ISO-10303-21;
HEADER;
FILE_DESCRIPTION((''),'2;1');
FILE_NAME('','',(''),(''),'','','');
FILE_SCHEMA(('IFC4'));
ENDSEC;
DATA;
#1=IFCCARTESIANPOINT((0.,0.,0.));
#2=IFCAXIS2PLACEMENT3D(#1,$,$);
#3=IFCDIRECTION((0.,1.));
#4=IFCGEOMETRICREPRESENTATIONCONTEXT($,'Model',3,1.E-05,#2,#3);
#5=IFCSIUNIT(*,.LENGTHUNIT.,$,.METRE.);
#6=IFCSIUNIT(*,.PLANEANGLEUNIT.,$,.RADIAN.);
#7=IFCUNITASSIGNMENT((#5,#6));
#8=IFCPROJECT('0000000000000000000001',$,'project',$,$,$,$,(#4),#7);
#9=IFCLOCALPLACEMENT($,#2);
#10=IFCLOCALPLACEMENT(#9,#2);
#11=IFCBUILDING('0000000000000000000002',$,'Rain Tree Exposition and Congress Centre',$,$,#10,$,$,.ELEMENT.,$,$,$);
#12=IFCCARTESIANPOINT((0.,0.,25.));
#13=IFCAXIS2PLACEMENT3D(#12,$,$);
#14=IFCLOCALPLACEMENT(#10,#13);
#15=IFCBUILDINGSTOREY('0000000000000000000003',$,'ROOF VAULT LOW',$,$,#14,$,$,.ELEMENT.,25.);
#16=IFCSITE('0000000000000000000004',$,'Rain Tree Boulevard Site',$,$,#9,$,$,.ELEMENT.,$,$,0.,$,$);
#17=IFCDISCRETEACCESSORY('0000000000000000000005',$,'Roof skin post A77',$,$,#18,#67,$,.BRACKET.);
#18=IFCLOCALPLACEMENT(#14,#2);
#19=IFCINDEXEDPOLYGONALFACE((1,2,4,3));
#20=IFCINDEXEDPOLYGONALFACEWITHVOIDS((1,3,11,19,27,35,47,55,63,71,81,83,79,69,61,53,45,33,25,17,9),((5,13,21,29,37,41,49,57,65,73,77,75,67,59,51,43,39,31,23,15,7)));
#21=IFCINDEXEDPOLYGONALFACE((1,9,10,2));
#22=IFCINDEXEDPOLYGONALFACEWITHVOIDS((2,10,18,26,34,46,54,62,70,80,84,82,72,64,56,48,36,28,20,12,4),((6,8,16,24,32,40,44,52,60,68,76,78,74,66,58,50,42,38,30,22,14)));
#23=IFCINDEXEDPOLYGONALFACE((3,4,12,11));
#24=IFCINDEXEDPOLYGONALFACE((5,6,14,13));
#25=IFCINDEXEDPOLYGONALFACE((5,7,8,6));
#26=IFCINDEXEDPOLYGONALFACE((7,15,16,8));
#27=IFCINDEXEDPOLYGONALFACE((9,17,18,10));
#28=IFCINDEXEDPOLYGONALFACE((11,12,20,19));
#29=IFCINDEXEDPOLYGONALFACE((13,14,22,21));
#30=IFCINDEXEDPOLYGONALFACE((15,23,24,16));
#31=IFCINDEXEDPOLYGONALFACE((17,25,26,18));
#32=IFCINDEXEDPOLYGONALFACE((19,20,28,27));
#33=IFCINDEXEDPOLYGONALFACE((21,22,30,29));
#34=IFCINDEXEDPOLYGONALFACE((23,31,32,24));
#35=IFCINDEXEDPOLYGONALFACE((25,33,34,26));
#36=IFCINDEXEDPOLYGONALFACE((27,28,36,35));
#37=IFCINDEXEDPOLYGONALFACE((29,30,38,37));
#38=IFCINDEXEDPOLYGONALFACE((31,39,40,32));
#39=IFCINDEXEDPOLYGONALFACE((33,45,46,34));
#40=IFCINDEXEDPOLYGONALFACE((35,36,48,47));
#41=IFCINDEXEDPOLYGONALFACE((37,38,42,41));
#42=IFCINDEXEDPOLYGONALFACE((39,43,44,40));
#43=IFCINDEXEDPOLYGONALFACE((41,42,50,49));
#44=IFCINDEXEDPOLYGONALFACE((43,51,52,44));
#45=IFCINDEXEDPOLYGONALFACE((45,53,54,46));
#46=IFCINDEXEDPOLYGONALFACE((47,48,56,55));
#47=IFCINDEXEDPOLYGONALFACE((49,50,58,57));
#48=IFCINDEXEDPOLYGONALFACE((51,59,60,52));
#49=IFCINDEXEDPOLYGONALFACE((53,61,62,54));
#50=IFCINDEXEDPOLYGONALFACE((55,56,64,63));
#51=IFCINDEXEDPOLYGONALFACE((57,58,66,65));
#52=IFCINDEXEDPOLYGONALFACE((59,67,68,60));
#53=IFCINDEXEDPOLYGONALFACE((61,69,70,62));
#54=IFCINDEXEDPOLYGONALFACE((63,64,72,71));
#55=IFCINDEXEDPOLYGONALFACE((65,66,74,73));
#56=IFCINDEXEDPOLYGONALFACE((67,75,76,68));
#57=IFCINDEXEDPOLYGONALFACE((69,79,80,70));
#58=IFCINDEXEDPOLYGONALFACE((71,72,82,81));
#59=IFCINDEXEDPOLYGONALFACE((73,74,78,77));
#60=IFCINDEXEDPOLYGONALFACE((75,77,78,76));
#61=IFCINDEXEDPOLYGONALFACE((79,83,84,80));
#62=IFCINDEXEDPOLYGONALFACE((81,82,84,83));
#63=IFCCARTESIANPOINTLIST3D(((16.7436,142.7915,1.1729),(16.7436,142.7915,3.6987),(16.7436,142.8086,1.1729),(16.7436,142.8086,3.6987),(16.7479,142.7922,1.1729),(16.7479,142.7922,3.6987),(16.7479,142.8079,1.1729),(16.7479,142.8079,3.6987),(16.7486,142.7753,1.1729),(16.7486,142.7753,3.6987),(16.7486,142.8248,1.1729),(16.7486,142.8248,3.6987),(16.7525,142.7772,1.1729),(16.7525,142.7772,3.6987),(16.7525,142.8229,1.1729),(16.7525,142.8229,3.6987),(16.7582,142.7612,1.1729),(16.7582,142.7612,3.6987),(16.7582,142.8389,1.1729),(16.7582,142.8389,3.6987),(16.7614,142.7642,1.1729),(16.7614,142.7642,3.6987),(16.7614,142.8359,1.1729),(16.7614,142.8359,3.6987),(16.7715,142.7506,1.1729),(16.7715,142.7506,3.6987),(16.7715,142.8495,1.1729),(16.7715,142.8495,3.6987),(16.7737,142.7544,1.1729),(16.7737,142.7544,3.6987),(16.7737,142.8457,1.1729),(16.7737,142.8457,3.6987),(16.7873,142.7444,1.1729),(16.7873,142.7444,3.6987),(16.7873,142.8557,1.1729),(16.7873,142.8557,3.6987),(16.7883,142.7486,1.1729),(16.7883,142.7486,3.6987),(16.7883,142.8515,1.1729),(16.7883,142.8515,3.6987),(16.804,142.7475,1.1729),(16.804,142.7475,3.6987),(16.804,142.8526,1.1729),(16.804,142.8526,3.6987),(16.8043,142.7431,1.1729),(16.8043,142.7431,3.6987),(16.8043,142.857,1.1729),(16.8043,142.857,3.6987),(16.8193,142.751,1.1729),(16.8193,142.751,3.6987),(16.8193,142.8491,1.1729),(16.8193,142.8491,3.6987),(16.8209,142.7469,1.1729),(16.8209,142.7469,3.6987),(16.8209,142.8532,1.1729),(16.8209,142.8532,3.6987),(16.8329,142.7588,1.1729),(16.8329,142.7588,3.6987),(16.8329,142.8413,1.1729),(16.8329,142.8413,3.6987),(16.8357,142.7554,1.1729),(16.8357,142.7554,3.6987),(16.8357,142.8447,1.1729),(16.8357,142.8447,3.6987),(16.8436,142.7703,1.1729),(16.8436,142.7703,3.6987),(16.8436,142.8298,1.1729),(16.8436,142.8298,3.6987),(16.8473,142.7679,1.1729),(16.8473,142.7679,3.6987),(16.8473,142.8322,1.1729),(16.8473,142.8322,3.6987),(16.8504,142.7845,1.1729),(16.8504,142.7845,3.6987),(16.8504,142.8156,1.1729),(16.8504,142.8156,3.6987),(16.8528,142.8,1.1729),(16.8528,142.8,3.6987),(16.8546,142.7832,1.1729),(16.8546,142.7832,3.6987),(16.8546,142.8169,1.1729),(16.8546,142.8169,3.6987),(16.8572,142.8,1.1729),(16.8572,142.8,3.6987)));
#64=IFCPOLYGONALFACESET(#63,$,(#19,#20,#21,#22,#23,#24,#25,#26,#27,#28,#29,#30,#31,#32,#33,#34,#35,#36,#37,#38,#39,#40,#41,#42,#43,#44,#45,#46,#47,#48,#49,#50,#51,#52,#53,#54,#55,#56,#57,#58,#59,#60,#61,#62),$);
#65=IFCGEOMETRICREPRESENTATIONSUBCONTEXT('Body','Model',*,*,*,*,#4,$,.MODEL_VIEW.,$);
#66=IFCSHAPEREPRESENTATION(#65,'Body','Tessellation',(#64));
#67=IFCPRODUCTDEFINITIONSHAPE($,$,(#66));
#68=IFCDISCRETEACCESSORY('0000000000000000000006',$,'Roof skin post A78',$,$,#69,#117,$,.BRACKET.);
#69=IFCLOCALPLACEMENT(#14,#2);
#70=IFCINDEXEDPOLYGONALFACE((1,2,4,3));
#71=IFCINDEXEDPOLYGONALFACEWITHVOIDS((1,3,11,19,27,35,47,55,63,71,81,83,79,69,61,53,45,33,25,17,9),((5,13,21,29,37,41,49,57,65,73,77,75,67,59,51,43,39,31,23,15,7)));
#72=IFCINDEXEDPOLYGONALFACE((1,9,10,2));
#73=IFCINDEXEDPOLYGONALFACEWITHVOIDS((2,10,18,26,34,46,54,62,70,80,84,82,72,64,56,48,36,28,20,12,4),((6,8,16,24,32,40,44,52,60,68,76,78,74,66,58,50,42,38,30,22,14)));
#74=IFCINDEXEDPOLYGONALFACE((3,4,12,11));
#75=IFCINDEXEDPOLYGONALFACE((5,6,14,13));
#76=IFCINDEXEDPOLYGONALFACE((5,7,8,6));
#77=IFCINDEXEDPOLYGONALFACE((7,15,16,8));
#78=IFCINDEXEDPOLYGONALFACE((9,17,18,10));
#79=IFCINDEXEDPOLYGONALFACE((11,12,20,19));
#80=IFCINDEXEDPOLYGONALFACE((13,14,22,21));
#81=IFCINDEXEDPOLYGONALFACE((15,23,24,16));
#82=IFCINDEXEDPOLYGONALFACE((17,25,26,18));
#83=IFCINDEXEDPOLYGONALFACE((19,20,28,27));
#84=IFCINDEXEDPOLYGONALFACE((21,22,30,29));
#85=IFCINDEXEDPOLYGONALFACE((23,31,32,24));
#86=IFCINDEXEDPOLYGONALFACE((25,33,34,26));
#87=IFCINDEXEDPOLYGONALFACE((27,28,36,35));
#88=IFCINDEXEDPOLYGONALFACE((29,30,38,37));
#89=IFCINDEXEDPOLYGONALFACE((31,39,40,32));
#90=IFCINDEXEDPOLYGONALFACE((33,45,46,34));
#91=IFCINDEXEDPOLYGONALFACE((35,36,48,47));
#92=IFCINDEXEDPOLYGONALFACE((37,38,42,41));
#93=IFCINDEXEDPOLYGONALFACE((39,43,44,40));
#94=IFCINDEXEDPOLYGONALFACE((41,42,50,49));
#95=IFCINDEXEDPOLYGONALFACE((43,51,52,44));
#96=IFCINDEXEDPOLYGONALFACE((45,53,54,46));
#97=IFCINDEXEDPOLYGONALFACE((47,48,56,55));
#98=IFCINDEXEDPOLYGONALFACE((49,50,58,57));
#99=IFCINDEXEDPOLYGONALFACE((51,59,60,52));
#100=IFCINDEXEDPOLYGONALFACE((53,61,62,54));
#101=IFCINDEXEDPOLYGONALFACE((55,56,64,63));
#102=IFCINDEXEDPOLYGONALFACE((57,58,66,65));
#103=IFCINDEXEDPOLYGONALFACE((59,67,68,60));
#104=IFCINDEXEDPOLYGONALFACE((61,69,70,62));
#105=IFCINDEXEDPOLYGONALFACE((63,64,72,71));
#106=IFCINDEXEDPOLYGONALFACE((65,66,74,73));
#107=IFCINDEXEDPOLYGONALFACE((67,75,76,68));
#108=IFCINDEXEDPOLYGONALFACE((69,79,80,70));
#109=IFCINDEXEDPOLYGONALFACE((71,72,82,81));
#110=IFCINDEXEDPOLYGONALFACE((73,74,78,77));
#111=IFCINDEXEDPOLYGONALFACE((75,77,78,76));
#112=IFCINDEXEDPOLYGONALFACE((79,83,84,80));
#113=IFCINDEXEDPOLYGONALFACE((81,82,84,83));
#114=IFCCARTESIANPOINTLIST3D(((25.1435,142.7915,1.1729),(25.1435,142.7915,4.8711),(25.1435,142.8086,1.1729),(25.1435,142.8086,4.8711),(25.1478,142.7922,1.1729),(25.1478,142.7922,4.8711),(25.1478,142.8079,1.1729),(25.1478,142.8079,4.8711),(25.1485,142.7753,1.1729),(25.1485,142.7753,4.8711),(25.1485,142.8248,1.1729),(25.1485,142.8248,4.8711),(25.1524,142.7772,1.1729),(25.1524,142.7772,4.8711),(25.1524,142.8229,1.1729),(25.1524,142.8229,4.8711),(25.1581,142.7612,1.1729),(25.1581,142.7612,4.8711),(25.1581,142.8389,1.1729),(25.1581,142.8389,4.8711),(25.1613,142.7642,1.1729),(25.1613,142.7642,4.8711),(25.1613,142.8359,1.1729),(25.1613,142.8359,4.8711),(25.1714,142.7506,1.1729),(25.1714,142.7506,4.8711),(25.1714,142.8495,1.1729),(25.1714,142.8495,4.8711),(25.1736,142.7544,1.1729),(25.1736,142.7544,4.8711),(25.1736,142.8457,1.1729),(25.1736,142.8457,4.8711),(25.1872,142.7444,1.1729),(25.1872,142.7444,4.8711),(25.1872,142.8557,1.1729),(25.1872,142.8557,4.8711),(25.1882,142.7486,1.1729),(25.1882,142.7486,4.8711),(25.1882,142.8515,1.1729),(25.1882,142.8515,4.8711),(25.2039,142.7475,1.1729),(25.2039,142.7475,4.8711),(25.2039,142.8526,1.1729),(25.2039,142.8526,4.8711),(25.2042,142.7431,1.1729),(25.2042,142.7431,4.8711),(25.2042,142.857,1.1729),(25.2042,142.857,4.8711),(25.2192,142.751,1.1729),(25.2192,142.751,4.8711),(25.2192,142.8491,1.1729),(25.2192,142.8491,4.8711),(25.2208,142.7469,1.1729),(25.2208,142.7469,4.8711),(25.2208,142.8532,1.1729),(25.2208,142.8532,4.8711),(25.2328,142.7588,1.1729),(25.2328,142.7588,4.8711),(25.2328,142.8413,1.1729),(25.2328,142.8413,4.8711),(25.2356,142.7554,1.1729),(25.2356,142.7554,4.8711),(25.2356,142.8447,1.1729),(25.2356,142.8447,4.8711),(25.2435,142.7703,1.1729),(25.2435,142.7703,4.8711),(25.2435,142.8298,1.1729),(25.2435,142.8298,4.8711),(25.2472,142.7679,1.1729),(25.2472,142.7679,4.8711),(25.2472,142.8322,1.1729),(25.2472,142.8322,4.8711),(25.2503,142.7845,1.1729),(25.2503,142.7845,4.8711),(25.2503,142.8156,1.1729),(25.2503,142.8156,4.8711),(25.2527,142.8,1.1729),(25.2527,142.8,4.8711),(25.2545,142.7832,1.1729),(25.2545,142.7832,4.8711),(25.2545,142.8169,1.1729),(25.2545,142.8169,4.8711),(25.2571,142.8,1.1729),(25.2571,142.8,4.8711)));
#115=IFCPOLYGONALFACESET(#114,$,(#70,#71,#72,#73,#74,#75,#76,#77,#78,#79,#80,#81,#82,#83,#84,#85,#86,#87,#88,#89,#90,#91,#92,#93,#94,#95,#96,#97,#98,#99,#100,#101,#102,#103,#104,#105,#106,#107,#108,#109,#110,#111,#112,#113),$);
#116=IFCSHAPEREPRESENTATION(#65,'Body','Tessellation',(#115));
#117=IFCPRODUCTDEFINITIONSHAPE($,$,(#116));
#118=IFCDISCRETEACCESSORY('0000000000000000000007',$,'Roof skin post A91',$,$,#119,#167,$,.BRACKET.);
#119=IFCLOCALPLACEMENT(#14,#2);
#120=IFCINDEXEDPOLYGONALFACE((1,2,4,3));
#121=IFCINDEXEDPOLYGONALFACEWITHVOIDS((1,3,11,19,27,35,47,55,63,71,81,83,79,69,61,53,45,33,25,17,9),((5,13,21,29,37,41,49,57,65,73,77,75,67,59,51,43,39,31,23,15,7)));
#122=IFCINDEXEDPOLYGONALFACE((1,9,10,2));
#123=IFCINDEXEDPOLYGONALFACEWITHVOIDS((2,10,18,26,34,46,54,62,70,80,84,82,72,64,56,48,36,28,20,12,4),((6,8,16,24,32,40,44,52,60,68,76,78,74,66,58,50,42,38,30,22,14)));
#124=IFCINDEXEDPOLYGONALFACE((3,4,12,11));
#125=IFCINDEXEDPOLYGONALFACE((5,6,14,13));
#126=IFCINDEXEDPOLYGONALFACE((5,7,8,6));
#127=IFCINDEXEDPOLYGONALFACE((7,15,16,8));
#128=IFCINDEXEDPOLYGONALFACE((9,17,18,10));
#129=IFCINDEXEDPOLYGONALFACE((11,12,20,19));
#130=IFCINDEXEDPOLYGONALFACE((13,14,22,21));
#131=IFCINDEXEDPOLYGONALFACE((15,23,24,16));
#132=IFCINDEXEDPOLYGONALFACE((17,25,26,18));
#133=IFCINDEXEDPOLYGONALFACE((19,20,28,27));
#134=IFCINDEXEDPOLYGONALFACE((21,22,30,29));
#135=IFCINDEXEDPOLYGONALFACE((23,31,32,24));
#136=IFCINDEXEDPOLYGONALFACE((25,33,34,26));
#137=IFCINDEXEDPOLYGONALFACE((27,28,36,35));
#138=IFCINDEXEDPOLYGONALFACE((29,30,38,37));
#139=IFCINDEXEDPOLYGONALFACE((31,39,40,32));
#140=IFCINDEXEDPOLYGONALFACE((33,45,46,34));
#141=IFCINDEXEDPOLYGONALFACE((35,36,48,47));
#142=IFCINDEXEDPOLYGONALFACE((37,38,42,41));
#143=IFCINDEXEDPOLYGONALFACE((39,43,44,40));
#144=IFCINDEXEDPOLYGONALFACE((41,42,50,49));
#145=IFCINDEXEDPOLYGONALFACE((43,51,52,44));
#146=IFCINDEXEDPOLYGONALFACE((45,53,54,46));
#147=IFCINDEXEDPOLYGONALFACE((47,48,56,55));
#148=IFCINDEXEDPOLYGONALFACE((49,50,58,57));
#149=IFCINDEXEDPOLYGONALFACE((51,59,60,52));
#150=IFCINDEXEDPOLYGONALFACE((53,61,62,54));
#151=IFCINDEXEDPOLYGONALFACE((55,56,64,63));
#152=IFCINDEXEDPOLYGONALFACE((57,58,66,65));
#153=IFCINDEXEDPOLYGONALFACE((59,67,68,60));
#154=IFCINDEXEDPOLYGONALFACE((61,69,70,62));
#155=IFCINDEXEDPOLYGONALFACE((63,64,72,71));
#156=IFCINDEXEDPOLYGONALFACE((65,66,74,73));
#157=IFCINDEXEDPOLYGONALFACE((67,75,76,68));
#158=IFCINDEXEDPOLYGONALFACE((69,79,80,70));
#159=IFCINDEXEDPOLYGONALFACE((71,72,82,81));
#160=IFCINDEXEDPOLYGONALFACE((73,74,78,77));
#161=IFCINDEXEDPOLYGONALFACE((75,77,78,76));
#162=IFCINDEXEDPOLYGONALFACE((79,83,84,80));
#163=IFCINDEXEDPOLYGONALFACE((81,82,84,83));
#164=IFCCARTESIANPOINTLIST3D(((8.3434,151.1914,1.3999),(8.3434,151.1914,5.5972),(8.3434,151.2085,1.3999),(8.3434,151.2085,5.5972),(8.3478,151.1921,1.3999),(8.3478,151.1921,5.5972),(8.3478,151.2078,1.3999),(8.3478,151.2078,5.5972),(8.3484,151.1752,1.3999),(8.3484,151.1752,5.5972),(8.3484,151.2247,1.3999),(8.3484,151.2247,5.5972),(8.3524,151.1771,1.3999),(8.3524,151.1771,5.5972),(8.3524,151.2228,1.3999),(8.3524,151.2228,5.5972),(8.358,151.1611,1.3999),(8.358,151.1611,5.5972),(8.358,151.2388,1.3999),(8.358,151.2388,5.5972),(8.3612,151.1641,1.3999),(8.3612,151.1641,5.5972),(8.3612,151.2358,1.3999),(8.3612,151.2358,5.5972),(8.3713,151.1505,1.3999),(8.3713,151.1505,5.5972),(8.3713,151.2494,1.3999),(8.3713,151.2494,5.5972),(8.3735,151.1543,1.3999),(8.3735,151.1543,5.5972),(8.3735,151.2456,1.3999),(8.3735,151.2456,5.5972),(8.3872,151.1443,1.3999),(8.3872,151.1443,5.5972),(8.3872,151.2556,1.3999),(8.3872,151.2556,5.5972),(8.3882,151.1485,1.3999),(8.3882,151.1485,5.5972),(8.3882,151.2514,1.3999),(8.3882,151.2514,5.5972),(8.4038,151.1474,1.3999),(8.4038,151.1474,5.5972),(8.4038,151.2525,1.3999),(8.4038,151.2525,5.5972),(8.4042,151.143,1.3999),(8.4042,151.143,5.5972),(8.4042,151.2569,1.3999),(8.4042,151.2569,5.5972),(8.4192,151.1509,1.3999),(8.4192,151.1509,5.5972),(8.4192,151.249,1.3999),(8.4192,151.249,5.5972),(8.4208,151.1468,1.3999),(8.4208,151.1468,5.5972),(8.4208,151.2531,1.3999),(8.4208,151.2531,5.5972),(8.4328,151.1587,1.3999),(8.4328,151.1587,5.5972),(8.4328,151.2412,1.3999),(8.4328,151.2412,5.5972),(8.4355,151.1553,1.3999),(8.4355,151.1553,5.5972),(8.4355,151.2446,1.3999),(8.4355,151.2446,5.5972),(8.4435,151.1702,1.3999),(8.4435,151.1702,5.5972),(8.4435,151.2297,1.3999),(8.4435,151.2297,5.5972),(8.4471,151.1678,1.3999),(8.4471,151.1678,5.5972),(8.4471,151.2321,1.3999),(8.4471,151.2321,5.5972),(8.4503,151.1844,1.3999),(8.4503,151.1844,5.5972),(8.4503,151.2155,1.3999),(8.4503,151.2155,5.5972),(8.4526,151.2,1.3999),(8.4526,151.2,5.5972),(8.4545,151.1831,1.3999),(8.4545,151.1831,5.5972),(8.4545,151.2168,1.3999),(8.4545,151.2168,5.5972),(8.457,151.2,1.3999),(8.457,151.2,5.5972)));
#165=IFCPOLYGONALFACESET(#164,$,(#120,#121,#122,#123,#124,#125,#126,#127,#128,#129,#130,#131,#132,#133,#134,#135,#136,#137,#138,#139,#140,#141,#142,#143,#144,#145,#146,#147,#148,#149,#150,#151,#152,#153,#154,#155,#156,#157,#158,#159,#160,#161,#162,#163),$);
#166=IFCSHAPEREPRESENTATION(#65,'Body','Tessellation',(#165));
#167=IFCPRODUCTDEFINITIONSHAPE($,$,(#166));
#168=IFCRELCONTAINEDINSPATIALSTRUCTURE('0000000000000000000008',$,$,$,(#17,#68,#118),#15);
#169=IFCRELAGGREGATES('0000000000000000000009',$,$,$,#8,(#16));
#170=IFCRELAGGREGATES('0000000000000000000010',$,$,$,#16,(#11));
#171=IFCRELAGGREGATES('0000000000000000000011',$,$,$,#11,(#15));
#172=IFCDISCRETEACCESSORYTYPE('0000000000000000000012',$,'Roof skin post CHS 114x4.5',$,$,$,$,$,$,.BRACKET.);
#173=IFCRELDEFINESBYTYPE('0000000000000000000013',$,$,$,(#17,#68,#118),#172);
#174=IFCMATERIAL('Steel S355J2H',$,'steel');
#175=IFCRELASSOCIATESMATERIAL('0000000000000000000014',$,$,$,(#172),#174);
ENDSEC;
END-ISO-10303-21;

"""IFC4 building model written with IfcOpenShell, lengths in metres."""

from ifc_helpers import new_model, si_unit, direction, frame, origin, origin_2d, place, context, subcontext, project, spatial, hollow_circle, extrude, material, material_profile, profile_set, type_object, element, save


model = new_model("IFC4")

# Units and contexts
model_context = context("Model", 3, precision=1e-05, world=origin(), true_north=direction((0.0, 1.0)))
body_context = subcontext(model_context, "Body", "Model", "MODEL_VIEW")
ifc_project = project(units=[si_unit("LENGTHUNIT", "METRE"), si_unit("PLANEANGLEUNIT", "RADIAN")], contexts=[model_context])

# Site, building, storey
site_placement = place(None, origin())
site = spatial("IfcSite", under=ifc_project, at=site_placement, Name="Rain Tree Boulevard Site", CompositionType="ELEMENT", RefElevation=0.0)
building_placement = place(site_placement, origin())
building = spatial("IfcBuilding", under=site, at=building_placement, Name="Rain Tree Exposition and Congress Centre", CompositionType="ELEMENT")
storey_placement = place(building_placement, frame((0.0, 0.0, 25.0)))
storey = spatial("IfcBuildingStorey", under=building, at=storey_placement, Name="ROOF VAULT LOW", CompositionType="ELEMENT", Elevation=25.0)

# Discrete accessories
ifc_material_1 = material(Name="Steel S355J2H", Category="steel")
ifc_material_profile_1 = material_profile(ifc_material_1, hollow_circle(Radius=0.0571, WallThickness=0.0044, at=origin_2d()), Name="CHS 114x4.5")
ifc_profile_set_1 = profile_set([ifc_material_profile_1], Name="Steel S355J2H")
discrete_accessory_type_1 = type_object("IfcDiscreteAccessoryType", Name="Roof skin post CHS 114x4.5", PredefinedType="BRACKET", material=ifc_profile_set_1)
discrete_accessory_1_placement = place(storey_placement, frame((16.8, 142.8, 1.1729), z_axis=(0.0, 0.0, 1.0), x_axis=(1.0, 0.0, 0.0)))
element("IfcDiscreteAccessory", 1, at=discrete_accessory_1_placement, inside=storey, type_object=discrete_accessory_type_1, Name="Roof skin post A77", PredefinedType="BRACKET", context=body_context, shape_type="SweptSolid", body=[
    extrude(hollow_circle(Radius=0.0571, WallThickness=0.0044, at=origin_2d()), origin(), (0.0, 0.0, 1.0), 2.5259),
])
discrete_accessory_2_placement = place(storey_placement, frame((25.2, 142.8, 1.1729), z_axis=(0.0, 0.0, 1.0), x_axis=(1.0, 0.0, 0.0)))
element("IfcDiscreteAccessory", 2, at=discrete_accessory_2_placement, inside=storey, type_object=discrete_accessory_type_1, Name="Roof skin post A78", PredefinedType="BRACKET", context=body_context, shape_type="SweptSolid", body=[
    extrude(hollow_circle(Radius=0.0571, WallThickness=0.0044, at=origin_2d()), origin(), (0.0, 0.0, 1.0), 3.6982),
])
discrete_accessory_3_placement = place(storey_placement, frame((8.3999, 151.2, 1.3999), z_axis=(0.0, 0.0, 1.0), x_axis=(1.0, 0.0, 0.0)))
element("IfcDiscreteAccessory", 3, at=discrete_accessory_3_placement, inside=storey, type_object=discrete_accessory_type_1, Name="Roof skin post A91", PredefinedType="BRACKET", context=body_context, shape_type="SweptSolid", body=[
    extrude(hollow_circle(Radius=0.0571, WallThickness=0.0044, at=origin_2d()), origin(), (0.0, 0.0, 1.0), 4.1973),
])

save(model, "model.ifc")
